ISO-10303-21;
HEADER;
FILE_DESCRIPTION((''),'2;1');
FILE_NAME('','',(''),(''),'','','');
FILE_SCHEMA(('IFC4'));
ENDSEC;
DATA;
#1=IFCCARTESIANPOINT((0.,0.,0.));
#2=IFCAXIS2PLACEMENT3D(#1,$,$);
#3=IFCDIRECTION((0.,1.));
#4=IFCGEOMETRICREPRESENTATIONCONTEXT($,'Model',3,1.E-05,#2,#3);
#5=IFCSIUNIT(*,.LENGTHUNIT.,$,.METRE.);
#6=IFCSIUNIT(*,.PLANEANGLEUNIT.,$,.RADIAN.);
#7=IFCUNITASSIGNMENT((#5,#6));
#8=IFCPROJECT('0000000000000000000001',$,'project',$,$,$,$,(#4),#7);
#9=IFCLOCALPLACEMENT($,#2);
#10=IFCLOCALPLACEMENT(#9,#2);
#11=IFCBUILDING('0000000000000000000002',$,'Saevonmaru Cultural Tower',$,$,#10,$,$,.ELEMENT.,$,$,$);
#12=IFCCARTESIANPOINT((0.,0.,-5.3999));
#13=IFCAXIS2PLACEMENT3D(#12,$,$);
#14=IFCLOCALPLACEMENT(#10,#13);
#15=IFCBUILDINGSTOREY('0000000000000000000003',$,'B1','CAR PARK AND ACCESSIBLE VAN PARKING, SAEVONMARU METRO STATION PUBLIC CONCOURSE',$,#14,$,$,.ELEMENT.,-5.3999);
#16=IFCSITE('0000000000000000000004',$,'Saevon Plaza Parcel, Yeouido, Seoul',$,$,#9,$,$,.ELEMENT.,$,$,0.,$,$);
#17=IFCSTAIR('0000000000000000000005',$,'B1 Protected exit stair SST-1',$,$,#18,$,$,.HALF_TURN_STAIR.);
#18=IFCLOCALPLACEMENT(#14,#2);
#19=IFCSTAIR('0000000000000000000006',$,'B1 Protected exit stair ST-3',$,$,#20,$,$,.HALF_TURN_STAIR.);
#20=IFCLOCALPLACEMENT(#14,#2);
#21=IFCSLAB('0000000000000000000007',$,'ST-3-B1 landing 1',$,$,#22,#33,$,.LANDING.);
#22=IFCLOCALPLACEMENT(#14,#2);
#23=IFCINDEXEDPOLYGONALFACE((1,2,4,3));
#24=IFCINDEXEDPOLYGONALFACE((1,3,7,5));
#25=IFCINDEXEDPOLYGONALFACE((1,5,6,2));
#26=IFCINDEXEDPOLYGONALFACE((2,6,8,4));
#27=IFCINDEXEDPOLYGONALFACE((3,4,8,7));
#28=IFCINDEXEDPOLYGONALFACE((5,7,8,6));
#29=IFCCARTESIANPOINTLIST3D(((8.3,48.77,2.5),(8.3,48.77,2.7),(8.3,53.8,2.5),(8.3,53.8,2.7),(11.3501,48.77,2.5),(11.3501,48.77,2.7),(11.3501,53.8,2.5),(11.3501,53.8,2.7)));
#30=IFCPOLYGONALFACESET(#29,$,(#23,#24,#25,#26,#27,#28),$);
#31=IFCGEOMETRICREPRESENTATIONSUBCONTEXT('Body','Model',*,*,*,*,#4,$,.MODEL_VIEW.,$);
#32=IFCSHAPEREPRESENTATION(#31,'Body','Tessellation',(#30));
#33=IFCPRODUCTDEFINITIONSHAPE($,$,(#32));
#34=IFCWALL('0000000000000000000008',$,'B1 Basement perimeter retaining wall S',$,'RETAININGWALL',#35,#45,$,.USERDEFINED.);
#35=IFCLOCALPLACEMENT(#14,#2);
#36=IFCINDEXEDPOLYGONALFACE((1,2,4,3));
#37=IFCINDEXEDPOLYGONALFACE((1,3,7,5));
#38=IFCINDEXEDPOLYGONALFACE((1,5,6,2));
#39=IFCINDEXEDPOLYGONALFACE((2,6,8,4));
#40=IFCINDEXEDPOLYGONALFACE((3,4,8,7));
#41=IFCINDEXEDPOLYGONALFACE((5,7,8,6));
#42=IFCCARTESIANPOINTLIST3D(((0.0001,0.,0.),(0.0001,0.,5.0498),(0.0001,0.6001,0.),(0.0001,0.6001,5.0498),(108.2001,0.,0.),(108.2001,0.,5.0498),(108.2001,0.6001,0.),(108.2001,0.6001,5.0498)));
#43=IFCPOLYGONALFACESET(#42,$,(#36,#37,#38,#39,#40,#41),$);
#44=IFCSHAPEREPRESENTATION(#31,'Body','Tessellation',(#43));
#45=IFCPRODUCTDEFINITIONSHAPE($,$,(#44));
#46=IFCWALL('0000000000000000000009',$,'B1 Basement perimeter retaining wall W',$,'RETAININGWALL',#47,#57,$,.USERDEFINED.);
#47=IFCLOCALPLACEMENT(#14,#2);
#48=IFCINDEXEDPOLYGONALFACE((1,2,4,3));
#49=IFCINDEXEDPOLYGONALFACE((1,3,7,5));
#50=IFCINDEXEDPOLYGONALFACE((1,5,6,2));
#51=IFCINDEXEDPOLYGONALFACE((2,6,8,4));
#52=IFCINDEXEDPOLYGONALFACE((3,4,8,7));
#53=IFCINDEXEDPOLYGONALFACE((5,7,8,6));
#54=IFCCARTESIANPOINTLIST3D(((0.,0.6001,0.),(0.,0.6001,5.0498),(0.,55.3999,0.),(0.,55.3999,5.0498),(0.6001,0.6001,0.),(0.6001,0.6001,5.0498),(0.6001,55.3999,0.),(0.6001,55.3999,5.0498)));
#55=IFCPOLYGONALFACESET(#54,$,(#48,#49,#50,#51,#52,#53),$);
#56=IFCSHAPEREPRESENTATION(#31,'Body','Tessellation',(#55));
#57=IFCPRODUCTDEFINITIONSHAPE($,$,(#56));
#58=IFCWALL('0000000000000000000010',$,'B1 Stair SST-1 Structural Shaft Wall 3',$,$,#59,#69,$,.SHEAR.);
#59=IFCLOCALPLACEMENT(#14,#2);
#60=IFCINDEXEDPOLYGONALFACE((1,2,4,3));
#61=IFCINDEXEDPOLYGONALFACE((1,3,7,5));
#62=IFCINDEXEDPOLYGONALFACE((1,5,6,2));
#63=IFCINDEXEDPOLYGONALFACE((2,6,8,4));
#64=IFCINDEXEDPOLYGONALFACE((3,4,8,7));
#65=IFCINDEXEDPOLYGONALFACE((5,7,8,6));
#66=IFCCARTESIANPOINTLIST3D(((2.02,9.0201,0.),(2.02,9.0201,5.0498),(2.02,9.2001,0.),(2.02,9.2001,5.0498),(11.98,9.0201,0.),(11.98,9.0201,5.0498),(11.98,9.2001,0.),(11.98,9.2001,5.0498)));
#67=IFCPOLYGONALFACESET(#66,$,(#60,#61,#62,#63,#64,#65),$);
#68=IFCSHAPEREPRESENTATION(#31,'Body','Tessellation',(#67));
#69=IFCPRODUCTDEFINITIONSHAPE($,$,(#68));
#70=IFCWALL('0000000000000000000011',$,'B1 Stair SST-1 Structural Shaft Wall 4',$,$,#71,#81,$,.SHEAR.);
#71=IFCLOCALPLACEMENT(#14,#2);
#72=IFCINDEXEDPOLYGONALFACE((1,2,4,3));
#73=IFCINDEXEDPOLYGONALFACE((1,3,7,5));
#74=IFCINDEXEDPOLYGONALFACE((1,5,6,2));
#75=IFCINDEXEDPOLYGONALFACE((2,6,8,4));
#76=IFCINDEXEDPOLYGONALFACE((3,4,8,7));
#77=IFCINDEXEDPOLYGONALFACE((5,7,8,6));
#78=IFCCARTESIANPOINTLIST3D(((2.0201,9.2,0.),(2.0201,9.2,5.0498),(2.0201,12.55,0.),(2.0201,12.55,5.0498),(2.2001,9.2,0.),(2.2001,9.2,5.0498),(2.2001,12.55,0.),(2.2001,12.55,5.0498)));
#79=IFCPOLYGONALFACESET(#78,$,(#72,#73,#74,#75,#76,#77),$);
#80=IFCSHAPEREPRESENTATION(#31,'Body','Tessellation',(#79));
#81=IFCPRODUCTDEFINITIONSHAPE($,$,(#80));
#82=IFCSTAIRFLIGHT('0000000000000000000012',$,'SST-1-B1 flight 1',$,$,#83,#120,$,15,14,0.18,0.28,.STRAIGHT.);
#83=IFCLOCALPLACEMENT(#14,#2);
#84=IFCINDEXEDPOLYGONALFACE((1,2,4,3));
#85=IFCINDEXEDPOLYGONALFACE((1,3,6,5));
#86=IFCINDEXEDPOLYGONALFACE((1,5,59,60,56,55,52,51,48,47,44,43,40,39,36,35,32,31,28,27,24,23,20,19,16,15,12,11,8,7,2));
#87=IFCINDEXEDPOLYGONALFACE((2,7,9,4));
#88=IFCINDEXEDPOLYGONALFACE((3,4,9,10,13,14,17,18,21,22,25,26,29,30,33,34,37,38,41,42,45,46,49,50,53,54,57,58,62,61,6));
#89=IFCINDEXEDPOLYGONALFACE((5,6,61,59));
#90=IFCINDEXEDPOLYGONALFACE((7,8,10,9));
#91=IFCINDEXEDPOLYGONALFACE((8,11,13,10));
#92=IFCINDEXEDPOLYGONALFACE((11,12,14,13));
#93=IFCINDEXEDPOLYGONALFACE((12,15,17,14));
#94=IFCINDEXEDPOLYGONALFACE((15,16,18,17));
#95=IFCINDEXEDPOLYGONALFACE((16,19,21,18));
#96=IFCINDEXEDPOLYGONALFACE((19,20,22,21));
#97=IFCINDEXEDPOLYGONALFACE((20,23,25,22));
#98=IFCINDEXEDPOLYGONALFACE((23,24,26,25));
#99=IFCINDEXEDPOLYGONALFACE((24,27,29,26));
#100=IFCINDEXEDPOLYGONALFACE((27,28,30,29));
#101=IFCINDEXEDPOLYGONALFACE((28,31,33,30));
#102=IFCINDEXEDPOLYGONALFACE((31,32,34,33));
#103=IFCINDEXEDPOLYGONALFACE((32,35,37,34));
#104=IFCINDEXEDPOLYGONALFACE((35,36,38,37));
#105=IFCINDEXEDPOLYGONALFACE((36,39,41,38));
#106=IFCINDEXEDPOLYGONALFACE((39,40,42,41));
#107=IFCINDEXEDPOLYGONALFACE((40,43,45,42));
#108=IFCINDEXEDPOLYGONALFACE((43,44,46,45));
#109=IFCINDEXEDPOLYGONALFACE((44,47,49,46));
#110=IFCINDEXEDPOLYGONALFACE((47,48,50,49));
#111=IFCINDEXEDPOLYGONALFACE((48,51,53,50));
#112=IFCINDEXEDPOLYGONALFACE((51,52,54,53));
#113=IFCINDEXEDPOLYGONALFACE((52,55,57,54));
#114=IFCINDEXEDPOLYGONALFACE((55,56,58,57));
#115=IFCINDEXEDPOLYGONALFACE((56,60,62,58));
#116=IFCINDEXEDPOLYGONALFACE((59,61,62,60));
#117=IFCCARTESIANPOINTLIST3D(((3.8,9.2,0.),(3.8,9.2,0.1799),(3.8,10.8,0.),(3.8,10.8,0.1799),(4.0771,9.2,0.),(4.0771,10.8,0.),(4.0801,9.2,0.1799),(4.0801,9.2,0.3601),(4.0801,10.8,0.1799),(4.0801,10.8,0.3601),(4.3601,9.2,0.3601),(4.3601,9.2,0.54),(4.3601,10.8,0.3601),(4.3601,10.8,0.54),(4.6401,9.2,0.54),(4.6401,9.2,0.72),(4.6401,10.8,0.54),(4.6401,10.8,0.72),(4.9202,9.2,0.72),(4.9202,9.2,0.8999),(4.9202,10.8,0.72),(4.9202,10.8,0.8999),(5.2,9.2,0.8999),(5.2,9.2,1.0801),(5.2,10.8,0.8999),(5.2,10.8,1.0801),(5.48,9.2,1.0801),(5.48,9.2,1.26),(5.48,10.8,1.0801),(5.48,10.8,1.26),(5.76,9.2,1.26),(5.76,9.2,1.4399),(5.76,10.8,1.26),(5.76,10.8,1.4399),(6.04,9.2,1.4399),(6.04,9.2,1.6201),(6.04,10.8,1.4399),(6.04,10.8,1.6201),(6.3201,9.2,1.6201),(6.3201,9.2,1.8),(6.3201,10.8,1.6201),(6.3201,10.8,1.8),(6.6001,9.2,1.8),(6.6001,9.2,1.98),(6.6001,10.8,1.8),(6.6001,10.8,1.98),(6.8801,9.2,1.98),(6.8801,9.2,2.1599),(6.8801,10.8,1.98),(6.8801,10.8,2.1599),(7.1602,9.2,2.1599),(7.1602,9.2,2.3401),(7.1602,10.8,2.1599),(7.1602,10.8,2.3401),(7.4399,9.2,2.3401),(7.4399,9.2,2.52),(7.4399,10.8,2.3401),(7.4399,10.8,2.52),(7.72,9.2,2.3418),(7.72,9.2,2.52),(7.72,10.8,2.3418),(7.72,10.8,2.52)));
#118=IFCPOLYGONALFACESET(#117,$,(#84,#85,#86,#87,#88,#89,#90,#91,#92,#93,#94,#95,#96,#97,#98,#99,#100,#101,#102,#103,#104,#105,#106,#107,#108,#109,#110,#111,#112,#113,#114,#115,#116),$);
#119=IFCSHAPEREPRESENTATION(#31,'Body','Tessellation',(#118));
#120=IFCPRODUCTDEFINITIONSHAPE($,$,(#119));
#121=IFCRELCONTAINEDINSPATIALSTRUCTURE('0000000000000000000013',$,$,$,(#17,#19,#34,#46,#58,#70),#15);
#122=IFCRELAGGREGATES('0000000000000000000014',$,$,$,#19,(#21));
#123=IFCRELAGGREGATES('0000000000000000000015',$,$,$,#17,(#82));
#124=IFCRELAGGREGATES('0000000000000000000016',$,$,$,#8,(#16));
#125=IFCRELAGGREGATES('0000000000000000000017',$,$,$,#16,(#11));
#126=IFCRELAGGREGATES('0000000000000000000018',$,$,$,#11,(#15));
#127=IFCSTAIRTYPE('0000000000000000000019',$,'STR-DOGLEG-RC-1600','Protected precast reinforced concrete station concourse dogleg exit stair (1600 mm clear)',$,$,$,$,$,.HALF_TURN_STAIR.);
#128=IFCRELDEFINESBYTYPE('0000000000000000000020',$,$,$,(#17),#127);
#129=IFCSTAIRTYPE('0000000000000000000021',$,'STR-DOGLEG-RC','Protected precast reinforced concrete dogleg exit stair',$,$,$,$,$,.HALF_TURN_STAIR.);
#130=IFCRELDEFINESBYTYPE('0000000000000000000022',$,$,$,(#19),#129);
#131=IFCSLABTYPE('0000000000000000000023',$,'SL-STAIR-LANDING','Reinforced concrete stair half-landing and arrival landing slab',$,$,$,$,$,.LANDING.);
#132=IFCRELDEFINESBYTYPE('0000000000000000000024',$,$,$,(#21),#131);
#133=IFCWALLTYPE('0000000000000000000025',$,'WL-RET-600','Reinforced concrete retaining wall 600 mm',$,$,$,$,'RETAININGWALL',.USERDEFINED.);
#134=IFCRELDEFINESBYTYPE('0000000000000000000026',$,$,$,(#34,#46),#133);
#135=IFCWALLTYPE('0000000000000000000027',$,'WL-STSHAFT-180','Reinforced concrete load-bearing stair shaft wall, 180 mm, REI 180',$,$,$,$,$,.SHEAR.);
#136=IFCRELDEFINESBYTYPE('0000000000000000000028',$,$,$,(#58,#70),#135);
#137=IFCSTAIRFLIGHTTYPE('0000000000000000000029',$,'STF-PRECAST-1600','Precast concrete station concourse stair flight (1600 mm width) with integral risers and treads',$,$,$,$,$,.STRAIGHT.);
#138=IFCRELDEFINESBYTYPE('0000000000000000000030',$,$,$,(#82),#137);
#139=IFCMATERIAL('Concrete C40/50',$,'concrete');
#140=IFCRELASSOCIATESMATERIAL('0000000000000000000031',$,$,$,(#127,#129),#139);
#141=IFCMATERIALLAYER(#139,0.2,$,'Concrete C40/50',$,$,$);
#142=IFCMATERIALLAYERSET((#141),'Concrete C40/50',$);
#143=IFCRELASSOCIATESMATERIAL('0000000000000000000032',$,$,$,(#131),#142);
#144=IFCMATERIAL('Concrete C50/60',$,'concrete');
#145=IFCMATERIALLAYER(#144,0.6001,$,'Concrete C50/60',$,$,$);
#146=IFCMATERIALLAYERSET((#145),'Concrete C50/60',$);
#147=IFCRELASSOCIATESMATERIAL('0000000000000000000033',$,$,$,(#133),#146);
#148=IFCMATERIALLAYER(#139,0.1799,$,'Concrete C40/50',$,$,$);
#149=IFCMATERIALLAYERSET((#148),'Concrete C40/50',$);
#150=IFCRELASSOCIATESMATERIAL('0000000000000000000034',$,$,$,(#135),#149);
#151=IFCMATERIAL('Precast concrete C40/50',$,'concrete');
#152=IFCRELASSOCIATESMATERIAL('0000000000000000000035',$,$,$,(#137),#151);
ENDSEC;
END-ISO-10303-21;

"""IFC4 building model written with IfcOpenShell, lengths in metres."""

from ifc_helpers import new_model, si_unit, direction, frame, frame_2d, origin, place, context, subcontext, project, spatial, polyline, rectangle, outline, extrude, material, layer, layer_set, type_object, element, aggregate, save


model = new_model("IFC4")

# Units and contexts
model_context = context("Model", 3, precision=1e-05, world=origin(), true_north=direction((0.0, 1.0)))
body_context = subcontext(model_context, "Body", "Model", "MODEL_VIEW")
ifc_project = project(units=[si_unit("LENGTHUNIT", "METRE"), si_unit("PLANEANGLEUNIT", "RADIAN")], contexts=[model_context])

# Site, building, storey
site_placement = place(None, origin())
site = spatial("IfcSite", under=ifc_project, at=site_placement, Name="Saevon Plaza Parcel, Yeouido, Seoul", CompositionType="ELEMENT", RefElevation=0.0)
building_placement = place(site_placement, origin())
building = spatial("IfcBuilding", under=site, at=building_placement, Name="Saevonmaru Cultural Tower", CompositionType="ELEMENT")
storey_placement = place(building_placement, frame((0.0, 0.0, -5.3999)))
storey = spatial("IfcBuildingStorey", under=building, at=storey_placement, Name="B1", Description="CAR PARK AND ACCESSIBLE VAN PARKING, SAEVONMARU METRO STATION PUBLIC CONCOURSE", CompositionType="ELEMENT", Elevation=-5.3999)

# Shared definitions
ifc_material_1 = material(Name="Concrete C50/60", Category="concrete")

# Stairs, slab
ifc_material_2 = material(Name="Concrete C40/50", Category="concrete")
stair_type_1 = type_object("IfcStairType", Name="STR-DOGLEG-RC-1600", Description="Protected precast reinforced concrete station concourse dogleg exit stair (1600 mm clear)", PredefinedType="HALF_TURN_STAIR", material=ifc_material_2)
stair_1_placement = place(storey_placement, origin())
stair_1 = element("IfcStair", 1, at=stair_1_placement, inside=storey, type_object=stair_type_1, Name="B1 Protected exit stair SST-1", PredefinedType="HALF_TURN_STAIR")
ifc_layer_1 = layer(ifc_material_2, 0.2, Name="Concrete C40/50")
ifc_layer_set_1 = layer_set([ifc_layer_1], Name="Concrete C40/50")
slab_type_1 = type_object("IfcSlabType", Name="SL-STAIR-LANDING", Description="Reinforced concrete stair half-landing and arrival landing slab", PredefinedType="LANDING", material=ifc_layer_set_1)
stair_type_2 = type_object("IfcStairType", Name="STR-DOGLEG-RC", Description="Protected precast reinforced concrete dogleg exit stair", PredefinedType="HALF_TURN_STAIR", material=ifc_material_2)
stair_2_placement = place(storey_placement, origin())
stair_2 = element("IfcStair", 2, at=stair_2_placement, inside=storey, type_object=stair_type_2, Name="B1 Protected exit stair ST-3", PredefinedType="HALF_TURN_STAIR")
slab_1_placement = place(storey_placement, frame((0.0, 0.0, 2.5)))
slab_1 = element("IfcSlab", 3, at=slab_1_placement, type_object=slab_type_1, Name="ST-3-B1 landing 1", PredefinedType="LANDING", context=body_context, shape_type="SweptSolid", body=[
    extrude(outline(polyline([(11.3501, 48.77), (11.3501, 53.8), (8.3, 53.8), (8.3, 48.77), (11.3501, 48.77)])), origin(), (0.0, 0.0, 1.0), 0.2),
])
aggregate(stair_2, [slab_1])

# Walls
ifc_layer_2 = layer(ifc_material_1, 0.6001, Name="Concrete C50/60")
ifc_layer_set_2 = layer_set([ifc_layer_2], Name="Concrete C50/60")
wall_type_1 = type_object("IfcWallType", Name="WL-RET-600", Description="Reinforced concrete retaining wall 600 mm", ElementType="RETAININGWALL", PredefinedType="USERDEFINED", material=ifc_layer_set_2)
wall_1_placement = place(storey_placement, frame((0.0, 0.3, 0.0), z_axis=(0.0, 0.0, 1.0), x_axis=(1.0, 0.0, 0.0)))
element("IfcWall", 4, at=wall_1_placement, inside=storey, type_object=wall_type_1, Name="B1 Basement perimeter retaining wall S", ObjectType="RETAININGWALL", PredefinedType="USERDEFINED", context=body_context, shape_type="SweptSolid", body=[
    extrude(rectangle(XDim=108.2, YDim=0.6001, at=frame_2d((54.1001, 0.0))), origin(), (0.0, 0.0, 1.0), 5.0498),
])
wall_2_placement = place(storey_placement, frame((0.3, 0.6001, 0.0), z_axis=(0.0, 0.0, 1.0), x_axis=(0.0, 1.0, 0.0)))
element("IfcWall", 5, at=wall_2_placement, inside=storey, type_object=wall_type_1, Name="B1 Basement perimeter retaining wall W", ObjectType="RETAININGWALL", PredefinedType="USERDEFINED", context=body_context, shape_type="SweptSolid", body=[
    extrude(rectangle(XDim=54.7998, YDim=0.6001, at=frame_2d((27.3999, 0.0))), origin(), (0.0, 0.0, 1.0), 5.0498),
])
ifc_layer_3 = layer(ifc_material_2, 0.1799, Name="Concrete C40/50")
ifc_layer_set_3 = layer_set([ifc_layer_3], Name="Concrete C40/50")
wall_type_2 = type_object("IfcWallType", Name="WL-STSHAFT-180", Description="Reinforced concrete load-bearing stair shaft wall, 180 mm, REI 180", PredefinedType="SHEAR", material=ifc_layer_set_3)
wall_3_placement = place(storey_placement, frame((11.98, 9.1101, 0.0), z_axis=(0.0, 0.0, 1.0), x_axis=(-1.0, 0.0, 0.0)))
element("IfcWall", 6, at=wall_3_placement, inside=storey, type_object=wall_type_2, Name="B1 Stair SST-1 Structural Shaft Wall 3", PredefinedType="SHEAR", context=body_context, shape_type="SweptSolid", body=[
    extrude(rectangle(XDim=9.96, YDim=0.1799, at=frame_2d((4.98, 0.0))), origin(), (0.0, 0.0, 1.0), 5.0498),
])
wall_4_placement = place(storey_placement, frame((2.1101, 9.2, 0.0), z_axis=(0.0, 0.0, 1.0), x_axis=(0.0, 1.0, 0.0)))
element("IfcWall", 7, at=wall_4_placement, inside=storey, type_object=wall_type_2, Name="B1 Stair SST-1 Structural Shaft Wall 4", PredefinedType="SHEAR", context=body_context, shape_type="SweptSolid", body=[
    extrude(rectangle(XDim=3.3501, YDim=0.1799, at=frame_2d((1.675, 0.0))), origin(), (0.0, 0.0, 1.0), 5.0498),
])

# Stair flight
ifc_material_3 = material(Name="Precast concrete C40/50", Category="concrete")
stair_flight_type = type_object("IfcStairFlightType", Name="STF-PRECAST-1600", Description="Precast concrete station concourse stair flight (1600 mm width) with integral risers and treads", PredefinedType="STRAIGHT", material=ifc_material_3)
stair_flight_placement = place(storey_placement, frame((3.8, 10.0, 0.0), z_axis=(0.0, 0.0, 1.0), x_axis=(1.0, 0.0, 0.0)))
stair_flight = element("IfcStairFlight", 8, at=stair_flight_placement, type_object=stair_flight_type, Name="SST-1-B1 flight 1", NumberOfRisers=15, NumberOfTreads=14, PredefinedType="STRAIGHT", RiserHeight=0.18, TreadLength=0.28, context=body_context, shape_type="SweptSolid", body=[
    extrude(outline(polyline([(0.0, 0.0), (0.0, 0.1799), (0.28, 0.1799), (0.28, 0.3601), (0.5601, 0.3601), (0.5601, 0.54), (0.8401, 0.54), (0.8401, 0.72), (1.1201, 0.72), (1.1201, 0.8999), (1.3999, 0.8999), (1.3999, 1.0801), (1.6799, 1.0801), (1.6799, 1.26), (1.96, 1.26), (1.96, 1.4399), (2.24, 1.4399), (2.24, 1.6201), (2.52, 1.6201), (2.52, 1.8), (2.8, 1.8), (2.8, 1.98), (3.0801, 1.98), (3.0801, 2.1599), (3.3601, 2.1599), (3.3601, 2.3401), (3.6399, 2.3401), (3.6399, 2.52), (3.9199, 2.52), (3.9199, 2.7), (3.9199, 2.3418), (0.2771, 0.0), (0.0, 0.0)])), frame((0.0, 0.8, 0.0), z_axis=(0.0, -1.0, 0.0), x_axis=(1.0, 0.0, 0.0)), (0.0, 0.0, 1.0), 1.6001),
])
aggregate(stair_1, [stair_flight])

save(model, "model.ifc")
